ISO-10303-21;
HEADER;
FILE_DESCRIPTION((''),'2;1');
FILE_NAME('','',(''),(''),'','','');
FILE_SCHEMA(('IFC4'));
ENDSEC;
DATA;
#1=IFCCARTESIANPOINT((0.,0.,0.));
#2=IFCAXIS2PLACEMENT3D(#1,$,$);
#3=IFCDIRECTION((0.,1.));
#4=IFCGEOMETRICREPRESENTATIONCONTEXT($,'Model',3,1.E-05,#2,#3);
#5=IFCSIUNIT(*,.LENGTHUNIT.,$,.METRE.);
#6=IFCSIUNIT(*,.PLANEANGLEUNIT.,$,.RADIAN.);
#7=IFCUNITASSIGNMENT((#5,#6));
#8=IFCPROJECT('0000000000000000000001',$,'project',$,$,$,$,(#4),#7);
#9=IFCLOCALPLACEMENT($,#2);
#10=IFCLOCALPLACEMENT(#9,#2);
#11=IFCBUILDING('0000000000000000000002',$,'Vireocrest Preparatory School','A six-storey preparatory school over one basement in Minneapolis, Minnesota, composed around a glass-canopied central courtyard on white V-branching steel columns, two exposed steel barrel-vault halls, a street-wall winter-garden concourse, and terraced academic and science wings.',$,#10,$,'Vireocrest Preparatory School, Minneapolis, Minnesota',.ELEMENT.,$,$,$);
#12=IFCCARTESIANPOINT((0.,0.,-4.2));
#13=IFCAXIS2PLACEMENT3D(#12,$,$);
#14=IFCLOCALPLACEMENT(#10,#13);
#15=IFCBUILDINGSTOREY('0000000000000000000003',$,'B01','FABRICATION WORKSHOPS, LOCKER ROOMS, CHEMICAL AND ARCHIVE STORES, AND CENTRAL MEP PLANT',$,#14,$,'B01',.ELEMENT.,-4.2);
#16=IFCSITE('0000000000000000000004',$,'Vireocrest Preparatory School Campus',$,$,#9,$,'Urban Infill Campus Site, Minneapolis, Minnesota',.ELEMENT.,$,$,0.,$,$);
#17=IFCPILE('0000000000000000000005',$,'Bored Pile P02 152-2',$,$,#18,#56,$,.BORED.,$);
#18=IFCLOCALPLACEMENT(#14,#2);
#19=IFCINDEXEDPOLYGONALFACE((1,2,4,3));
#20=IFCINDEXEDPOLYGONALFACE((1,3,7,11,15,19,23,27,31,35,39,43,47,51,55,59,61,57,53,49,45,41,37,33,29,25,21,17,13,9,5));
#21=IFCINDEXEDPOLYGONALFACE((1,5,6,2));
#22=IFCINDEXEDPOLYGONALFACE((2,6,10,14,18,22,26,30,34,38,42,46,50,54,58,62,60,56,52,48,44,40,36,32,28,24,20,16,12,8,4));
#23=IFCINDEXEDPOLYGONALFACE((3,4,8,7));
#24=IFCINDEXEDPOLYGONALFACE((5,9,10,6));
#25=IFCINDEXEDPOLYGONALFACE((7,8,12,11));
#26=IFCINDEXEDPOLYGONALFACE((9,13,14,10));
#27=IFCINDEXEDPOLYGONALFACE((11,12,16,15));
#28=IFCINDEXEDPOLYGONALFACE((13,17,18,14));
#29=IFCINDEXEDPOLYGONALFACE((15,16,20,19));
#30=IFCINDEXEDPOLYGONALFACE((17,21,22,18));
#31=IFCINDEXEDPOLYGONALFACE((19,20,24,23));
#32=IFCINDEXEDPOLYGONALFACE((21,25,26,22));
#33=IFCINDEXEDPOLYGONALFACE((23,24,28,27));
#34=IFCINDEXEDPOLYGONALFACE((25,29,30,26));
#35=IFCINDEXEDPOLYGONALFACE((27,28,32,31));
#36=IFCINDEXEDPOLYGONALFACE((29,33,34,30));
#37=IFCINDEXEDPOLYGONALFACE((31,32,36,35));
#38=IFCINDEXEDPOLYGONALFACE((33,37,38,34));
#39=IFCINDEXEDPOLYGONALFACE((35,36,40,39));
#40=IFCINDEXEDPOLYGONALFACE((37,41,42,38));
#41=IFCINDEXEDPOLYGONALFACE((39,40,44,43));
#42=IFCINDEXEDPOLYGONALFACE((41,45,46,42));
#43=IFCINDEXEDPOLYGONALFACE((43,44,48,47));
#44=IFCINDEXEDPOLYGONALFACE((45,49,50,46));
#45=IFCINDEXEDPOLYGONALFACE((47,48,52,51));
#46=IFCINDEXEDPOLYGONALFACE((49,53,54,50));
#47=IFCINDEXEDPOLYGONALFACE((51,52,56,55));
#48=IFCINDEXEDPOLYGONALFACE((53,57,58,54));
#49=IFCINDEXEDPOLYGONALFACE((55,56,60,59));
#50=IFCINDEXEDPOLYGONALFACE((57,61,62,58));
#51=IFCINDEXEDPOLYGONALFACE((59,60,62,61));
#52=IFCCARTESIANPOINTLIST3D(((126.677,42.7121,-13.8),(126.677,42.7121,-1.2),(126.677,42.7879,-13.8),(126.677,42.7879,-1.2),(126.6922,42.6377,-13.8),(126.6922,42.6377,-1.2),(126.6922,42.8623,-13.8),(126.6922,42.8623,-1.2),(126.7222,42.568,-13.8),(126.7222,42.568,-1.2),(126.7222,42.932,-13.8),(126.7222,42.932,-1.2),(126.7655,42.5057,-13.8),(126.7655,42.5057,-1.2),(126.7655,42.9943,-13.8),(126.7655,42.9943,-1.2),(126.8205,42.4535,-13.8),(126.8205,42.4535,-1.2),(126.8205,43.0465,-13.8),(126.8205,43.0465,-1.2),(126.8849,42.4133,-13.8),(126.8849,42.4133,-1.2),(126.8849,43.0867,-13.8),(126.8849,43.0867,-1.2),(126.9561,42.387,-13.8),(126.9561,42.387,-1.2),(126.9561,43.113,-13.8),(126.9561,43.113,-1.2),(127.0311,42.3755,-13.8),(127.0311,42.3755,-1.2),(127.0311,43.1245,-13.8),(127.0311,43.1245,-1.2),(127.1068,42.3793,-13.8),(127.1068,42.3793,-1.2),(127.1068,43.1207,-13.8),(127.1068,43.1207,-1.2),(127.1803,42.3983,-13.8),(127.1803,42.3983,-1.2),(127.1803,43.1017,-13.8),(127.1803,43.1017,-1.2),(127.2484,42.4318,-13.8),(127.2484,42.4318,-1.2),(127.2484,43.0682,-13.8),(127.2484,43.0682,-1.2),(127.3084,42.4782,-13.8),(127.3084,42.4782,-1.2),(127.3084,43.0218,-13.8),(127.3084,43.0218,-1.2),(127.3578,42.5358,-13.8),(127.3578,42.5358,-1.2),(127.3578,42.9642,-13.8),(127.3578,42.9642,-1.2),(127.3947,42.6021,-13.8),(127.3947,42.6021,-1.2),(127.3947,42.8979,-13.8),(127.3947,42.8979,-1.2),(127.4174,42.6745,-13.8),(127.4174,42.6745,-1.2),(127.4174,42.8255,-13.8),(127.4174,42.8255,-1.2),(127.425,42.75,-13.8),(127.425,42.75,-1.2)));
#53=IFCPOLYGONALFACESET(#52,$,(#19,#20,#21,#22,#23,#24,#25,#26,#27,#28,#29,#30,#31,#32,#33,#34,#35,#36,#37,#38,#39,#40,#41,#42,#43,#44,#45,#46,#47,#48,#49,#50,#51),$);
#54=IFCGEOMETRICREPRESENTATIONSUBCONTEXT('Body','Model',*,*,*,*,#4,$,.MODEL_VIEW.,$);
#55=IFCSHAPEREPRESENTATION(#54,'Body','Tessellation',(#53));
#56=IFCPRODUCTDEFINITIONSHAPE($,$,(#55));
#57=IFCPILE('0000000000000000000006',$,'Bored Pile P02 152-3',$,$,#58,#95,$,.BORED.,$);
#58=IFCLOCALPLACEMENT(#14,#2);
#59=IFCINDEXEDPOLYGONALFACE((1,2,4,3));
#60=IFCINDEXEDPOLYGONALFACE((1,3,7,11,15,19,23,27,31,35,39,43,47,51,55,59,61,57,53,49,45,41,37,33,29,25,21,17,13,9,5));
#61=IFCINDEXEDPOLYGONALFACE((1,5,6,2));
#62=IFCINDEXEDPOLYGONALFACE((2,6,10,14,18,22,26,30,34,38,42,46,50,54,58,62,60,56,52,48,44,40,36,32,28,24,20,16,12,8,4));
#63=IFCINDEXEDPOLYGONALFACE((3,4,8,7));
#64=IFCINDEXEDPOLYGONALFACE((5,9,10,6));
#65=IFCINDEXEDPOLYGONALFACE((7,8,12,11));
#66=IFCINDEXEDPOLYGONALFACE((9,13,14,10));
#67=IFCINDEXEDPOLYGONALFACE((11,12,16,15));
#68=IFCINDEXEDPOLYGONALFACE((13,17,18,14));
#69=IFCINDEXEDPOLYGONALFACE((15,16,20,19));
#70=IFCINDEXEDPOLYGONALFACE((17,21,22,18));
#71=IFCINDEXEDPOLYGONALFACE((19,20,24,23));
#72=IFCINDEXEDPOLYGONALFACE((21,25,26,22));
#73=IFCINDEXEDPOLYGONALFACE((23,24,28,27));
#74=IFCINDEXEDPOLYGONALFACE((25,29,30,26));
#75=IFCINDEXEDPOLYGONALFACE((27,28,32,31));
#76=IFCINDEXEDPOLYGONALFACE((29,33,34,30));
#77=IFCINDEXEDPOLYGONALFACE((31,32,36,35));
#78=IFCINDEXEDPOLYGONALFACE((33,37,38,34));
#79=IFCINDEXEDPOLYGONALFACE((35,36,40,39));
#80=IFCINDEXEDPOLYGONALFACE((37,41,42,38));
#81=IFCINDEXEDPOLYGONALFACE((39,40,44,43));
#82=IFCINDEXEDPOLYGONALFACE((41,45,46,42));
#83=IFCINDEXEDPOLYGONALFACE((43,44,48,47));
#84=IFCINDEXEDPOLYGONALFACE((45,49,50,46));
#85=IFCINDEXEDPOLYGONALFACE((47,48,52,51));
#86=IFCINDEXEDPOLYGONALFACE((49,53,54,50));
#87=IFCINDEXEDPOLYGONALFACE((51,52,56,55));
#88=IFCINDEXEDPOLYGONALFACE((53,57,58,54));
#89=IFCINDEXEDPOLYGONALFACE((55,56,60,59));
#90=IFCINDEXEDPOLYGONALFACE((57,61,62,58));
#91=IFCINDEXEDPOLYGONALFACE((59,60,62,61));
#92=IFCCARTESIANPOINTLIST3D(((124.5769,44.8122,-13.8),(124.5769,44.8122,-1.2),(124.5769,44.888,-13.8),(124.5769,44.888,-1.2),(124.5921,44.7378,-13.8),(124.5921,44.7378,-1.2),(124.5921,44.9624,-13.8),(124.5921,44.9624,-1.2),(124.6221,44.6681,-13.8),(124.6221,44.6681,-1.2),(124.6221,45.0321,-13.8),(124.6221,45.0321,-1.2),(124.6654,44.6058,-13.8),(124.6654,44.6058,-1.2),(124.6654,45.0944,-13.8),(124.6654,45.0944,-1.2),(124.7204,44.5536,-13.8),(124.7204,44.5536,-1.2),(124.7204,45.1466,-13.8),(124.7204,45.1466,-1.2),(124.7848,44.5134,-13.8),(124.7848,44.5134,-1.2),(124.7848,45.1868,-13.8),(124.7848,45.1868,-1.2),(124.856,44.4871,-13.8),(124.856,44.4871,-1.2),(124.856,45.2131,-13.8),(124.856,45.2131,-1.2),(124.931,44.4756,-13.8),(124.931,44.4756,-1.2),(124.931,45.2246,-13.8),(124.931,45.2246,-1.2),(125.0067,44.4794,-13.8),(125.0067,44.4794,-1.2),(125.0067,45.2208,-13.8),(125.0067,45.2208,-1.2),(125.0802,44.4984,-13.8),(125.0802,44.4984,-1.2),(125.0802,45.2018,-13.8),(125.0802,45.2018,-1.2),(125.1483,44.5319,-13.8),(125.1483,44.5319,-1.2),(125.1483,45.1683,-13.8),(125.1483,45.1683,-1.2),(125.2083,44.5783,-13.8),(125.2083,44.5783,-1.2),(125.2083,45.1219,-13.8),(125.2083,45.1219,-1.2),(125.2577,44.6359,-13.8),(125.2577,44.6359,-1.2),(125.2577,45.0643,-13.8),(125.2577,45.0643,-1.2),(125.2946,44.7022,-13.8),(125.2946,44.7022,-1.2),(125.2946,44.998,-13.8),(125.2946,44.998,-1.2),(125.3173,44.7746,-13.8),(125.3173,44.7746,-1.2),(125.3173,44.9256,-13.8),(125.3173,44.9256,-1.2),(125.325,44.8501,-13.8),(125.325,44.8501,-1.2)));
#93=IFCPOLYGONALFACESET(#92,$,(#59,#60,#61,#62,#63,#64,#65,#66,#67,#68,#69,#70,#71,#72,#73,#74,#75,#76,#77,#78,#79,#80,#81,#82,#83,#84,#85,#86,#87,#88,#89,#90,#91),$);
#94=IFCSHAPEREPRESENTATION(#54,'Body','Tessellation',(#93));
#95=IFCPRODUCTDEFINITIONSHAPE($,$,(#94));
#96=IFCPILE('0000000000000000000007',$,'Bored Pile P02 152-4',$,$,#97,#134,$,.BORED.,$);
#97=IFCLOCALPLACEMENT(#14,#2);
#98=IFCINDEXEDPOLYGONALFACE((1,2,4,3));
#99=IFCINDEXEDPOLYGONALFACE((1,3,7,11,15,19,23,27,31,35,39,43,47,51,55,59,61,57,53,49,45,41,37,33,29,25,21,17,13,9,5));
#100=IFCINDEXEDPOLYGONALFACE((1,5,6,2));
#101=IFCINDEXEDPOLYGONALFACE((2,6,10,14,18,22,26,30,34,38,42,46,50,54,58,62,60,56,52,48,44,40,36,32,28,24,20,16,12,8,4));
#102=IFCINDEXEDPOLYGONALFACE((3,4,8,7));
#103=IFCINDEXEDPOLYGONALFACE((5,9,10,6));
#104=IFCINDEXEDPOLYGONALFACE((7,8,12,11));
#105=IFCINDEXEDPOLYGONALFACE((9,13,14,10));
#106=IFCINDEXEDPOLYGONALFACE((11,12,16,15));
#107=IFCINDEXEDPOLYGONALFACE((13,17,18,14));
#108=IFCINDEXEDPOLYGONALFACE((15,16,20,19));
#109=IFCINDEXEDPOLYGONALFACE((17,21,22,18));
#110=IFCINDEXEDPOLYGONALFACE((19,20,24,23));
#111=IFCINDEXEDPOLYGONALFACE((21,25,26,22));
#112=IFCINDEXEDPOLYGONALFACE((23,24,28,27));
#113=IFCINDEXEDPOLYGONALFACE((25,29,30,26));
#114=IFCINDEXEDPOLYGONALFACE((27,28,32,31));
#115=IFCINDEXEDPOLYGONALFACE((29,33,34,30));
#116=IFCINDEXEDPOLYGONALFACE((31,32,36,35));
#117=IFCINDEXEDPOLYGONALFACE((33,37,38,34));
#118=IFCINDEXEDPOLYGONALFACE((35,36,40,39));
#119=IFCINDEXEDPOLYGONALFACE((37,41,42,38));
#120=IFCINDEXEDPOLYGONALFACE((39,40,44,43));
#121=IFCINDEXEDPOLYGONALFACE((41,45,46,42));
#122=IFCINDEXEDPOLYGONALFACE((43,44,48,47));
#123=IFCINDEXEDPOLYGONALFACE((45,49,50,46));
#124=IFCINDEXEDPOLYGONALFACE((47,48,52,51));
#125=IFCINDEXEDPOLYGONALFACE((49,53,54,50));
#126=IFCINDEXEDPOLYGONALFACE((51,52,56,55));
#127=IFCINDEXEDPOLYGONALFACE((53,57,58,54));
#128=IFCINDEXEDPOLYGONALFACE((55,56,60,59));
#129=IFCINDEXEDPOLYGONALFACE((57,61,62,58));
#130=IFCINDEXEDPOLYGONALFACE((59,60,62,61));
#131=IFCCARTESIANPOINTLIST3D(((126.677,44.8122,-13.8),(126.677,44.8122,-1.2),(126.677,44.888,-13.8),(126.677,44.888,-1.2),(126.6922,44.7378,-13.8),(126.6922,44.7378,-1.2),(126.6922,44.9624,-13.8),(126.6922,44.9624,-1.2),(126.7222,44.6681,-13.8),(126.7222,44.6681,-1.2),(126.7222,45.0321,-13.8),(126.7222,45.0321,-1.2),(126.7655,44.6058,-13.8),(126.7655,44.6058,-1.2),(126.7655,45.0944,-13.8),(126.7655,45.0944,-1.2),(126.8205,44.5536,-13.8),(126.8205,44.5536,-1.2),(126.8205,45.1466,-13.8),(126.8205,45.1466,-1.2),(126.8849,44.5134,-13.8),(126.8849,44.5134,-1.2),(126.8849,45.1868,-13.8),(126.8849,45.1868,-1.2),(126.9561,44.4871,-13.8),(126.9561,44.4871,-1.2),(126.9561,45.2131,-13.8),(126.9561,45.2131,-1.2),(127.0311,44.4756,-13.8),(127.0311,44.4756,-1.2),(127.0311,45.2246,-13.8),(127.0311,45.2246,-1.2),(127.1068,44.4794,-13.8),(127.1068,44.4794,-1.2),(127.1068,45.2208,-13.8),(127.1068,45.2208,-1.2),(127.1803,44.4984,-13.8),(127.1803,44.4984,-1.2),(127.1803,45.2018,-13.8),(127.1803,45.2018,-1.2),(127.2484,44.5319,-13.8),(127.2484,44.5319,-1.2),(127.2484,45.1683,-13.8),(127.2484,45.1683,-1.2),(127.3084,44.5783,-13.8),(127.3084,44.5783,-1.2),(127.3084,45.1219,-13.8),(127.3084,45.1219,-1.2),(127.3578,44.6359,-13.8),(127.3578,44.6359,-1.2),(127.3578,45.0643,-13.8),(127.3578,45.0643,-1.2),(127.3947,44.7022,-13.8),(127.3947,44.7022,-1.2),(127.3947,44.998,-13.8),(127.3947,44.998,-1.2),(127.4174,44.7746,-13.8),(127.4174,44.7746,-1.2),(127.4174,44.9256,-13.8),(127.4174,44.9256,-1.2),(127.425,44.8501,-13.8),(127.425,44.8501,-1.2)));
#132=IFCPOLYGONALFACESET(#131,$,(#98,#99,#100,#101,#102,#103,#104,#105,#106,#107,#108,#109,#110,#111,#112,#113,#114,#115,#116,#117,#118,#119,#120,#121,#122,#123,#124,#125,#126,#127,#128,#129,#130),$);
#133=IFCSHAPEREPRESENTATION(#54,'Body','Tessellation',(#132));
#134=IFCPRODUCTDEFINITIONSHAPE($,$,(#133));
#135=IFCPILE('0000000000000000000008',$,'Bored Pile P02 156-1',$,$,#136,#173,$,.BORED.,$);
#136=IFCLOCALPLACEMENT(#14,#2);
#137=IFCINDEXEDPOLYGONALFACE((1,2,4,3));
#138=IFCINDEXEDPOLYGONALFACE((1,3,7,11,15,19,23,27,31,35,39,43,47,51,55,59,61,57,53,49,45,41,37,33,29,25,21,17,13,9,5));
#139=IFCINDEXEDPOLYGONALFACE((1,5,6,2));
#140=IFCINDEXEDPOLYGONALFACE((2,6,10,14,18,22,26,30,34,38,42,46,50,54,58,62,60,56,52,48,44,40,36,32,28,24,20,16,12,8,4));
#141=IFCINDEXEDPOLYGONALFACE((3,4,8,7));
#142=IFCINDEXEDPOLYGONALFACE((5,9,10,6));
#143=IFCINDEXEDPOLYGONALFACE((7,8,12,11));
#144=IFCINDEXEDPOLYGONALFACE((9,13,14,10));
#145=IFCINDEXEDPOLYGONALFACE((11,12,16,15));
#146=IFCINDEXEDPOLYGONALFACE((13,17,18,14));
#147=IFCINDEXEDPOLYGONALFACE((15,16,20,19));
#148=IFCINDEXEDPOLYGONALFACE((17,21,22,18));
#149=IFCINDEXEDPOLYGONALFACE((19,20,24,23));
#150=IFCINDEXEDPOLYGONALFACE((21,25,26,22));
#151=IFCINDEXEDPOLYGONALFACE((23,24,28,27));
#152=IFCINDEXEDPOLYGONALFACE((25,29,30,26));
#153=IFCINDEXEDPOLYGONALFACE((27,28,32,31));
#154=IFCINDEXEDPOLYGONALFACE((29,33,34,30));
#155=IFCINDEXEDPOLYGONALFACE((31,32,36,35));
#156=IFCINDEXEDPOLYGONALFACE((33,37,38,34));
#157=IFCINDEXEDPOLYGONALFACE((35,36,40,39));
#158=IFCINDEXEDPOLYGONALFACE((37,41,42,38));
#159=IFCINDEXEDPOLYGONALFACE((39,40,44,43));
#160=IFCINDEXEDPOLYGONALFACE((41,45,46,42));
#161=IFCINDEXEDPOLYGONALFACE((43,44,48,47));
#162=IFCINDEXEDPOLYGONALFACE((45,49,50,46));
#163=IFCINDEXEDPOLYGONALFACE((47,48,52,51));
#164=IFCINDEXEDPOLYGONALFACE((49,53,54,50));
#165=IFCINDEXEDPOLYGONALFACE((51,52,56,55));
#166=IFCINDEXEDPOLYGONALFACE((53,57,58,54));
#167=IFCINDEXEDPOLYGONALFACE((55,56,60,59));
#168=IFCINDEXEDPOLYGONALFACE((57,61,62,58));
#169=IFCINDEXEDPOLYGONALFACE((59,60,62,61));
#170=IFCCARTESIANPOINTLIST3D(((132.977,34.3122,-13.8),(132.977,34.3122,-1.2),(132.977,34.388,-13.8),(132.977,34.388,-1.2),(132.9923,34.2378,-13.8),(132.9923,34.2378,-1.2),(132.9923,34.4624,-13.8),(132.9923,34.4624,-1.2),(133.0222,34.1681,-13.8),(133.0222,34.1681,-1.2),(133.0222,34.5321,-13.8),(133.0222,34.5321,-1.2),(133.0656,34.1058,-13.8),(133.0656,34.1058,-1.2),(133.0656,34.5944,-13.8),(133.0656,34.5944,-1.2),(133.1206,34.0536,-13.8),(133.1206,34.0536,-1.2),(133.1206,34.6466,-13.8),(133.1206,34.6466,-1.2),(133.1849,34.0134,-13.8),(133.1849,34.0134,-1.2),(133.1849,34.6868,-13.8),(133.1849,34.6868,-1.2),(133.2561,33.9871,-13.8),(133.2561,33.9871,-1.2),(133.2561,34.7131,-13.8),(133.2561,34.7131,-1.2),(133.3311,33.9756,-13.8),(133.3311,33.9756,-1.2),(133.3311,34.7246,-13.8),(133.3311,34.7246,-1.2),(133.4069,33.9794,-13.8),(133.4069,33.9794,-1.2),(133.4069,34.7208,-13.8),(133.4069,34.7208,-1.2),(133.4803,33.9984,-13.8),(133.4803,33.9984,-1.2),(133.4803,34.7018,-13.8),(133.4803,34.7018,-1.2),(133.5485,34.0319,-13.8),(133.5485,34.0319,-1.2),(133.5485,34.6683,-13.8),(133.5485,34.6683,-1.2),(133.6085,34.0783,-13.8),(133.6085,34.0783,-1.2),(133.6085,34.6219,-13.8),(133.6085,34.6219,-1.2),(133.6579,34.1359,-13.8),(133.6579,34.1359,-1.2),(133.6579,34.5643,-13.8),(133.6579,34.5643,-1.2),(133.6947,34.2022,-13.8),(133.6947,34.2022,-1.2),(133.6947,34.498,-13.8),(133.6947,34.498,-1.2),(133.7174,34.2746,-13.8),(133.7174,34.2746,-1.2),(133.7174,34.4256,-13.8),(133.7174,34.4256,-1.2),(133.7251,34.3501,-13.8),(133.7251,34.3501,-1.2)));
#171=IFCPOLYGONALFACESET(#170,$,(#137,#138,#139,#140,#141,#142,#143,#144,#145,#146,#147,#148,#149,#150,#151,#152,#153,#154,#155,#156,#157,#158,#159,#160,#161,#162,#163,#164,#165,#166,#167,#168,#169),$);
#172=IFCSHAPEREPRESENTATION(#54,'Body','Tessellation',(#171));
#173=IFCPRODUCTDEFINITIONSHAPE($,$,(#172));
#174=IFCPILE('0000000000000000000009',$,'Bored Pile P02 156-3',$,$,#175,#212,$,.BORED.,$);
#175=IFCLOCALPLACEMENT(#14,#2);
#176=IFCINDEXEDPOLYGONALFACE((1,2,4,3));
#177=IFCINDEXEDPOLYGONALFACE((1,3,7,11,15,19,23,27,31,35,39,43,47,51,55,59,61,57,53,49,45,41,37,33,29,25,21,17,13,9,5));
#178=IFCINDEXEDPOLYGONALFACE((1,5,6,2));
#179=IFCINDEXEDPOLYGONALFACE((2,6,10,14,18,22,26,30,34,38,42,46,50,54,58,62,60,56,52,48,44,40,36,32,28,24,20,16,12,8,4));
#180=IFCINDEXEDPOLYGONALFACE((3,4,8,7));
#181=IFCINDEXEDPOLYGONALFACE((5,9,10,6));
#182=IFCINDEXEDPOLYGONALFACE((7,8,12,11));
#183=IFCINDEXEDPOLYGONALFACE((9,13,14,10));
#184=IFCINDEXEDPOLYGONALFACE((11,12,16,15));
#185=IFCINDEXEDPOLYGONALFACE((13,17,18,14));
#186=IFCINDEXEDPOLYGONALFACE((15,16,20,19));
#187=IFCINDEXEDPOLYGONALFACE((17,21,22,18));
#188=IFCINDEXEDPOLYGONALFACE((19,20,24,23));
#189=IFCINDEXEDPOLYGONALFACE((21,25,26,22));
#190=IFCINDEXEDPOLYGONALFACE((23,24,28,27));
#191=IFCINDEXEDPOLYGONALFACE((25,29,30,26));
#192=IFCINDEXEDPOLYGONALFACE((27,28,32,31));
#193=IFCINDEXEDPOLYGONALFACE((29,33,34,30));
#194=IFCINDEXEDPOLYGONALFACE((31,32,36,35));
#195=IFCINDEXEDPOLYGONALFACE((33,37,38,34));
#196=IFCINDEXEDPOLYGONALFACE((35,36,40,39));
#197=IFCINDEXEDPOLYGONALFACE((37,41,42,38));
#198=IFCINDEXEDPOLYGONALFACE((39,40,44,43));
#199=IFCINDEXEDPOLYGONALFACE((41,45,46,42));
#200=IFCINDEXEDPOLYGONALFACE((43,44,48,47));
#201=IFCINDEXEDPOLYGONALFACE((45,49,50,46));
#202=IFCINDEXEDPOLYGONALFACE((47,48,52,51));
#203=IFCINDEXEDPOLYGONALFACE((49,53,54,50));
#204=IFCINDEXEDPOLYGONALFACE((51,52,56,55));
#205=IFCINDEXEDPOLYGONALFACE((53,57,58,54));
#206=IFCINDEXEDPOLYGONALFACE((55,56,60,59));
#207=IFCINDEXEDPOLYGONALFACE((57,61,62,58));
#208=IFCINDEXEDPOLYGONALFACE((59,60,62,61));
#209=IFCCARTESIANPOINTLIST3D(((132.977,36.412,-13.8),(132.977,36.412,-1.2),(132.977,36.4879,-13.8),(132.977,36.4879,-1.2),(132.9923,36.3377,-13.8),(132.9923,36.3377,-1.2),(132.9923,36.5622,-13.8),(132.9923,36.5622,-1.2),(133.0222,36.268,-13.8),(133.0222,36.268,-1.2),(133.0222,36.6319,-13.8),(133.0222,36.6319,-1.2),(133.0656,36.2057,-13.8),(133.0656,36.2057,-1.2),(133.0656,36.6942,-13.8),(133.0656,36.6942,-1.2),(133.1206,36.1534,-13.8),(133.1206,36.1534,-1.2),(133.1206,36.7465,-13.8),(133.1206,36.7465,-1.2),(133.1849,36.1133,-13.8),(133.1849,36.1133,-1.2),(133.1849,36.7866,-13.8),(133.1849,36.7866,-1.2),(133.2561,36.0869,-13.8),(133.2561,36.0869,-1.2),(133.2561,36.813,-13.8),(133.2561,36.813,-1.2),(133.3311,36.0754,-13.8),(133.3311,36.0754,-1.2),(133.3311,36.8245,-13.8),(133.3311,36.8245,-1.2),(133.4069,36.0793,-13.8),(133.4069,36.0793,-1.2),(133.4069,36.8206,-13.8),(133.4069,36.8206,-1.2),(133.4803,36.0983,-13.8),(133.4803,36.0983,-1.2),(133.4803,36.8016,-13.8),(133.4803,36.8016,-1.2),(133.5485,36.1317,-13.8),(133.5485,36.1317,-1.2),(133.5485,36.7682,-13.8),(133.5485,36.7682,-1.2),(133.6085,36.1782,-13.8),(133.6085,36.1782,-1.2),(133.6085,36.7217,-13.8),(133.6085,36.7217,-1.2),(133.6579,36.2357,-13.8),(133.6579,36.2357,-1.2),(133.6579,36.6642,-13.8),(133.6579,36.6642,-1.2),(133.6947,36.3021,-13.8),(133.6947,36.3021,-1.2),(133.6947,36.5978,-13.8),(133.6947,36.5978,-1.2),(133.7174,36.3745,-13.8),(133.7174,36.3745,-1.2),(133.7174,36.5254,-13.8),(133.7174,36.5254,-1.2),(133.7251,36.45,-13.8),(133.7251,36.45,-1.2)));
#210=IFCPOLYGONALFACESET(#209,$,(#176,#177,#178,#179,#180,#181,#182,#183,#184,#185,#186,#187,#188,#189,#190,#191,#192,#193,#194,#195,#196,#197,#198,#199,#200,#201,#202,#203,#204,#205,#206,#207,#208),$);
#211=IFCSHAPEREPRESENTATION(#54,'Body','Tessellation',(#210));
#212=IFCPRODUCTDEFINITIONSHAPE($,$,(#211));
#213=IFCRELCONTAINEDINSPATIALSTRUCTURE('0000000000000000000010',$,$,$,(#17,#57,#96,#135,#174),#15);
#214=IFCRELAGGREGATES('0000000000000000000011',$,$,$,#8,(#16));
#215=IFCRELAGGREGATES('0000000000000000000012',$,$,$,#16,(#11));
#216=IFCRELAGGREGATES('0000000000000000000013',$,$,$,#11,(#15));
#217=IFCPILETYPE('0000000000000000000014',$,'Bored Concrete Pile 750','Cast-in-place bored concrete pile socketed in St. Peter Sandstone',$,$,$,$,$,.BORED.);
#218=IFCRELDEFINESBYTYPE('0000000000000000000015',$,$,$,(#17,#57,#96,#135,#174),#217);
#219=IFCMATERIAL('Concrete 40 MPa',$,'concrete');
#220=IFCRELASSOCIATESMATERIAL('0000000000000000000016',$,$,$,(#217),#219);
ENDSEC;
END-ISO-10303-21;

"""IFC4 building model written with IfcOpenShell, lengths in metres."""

from ifc_helpers import new_model, si_unit, direction, frame, origin, origin_2d, place, context, subcontext, project, spatial, circle, extrude, material, material_profile, profile_set, type_object, element, save


model = new_model("IFC4")

# Units and contexts
model_context = context("Model", 3, precision=1e-05, world=origin(), true_north=direction((0.0, 1.0)))
body_context = subcontext(model_context, "Body", "Model", "MODEL_VIEW")
ifc_project = project(units=[si_unit("LENGTHUNIT", "METRE"), si_unit("PLANEANGLEUNIT", "RADIAN")], contexts=[model_context])

# Site, building, storey
site_placement = place(None, origin())
site = spatial("IfcSite", under=ifc_project, at=site_placement, Name="Vireocrest Preparatory School Campus", LongName="Urban Infill Campus Site, Minneapolis, Minnesota", CompositionType="ELEMENT", RefElevation=0.0)
building_placement = place(site_placement, origin())
building = spatial("IfcBuilding", under=site, at=building_placement, Name="Vireocrest Preparatory School", Description="A six-storey preparatory school over one basement in Minneapolis, Minnesota, composed around a glass-canopied central courtyard on white V-branching steel columns, two exposed steel barrel-vault halls, a street-wall winter-garden concourse, and terraced academic and science wings.", LongName="Vireocrest Preparatory School, Minneapolis, Minnesota", CompositionType="ELEMENT")
storey_placement = place(building_placement, frame((0.0, 0.0, -4.2)))
storey = spatial("IfcBuildingStorey", under=building, at=storey_placement, Name="B01", Description="FABRICATION WORKSHOPS, LOCKER ROOMS, CHEMICAL AND ARCHIVE STORES, AND CENTRAL MEP PLANT", LongName="B01", CompositionType="ELEMENT", Elevation=-4.2)

# Piles
ifc_material_1 = material(Name="Concrete 40 MPa", Category="concrete")
ifc_material_profile_1 = material_profile(ifc_material_1, circle(Radius=0.375, at=origin_2d()), Name="BORED PILE 750")
ifc_profile_set_1 = profile_set([ifc_material_profile_1], Name="Concrete 40 MPa")
pile_type_1 = type_object("IfcPileType", Name="Bored Concrete Pile 750", Description="Cast-in-place bored concrete pile socketed in St. Peter Sandstone", PredefinedType="BORED", material=ifc_profile_set_1)
for number, where, z_axis, x_axis, name in (
    (1, (127.05, 42.75, -1.2), (0.0, 0.0, -1.0), (1.0, 0.0, 0.0), "Bored Pile P02 152-2"),
    (2, (124.95, 44.8501, -1.2), (0.0, 0.0, -1.0), (1.0, 0.0, 0.0), "Bored Pile P02 152-3"),
    (3, (127.05, 44.8501, -1.2), (0.0, 0.0, -1.0), (1.0, 0.0, 0.0), "Bored Pile P02 152-4"),
    (4, (133.3501, 34.3501, -1.2), (0.0, 0.0, -1.0), (1.0, 0.0, 0.0), "Bored Pile P02 156-1"),
    (5, (133.3501, 36.45, -1.2), (0.0, 0.0, -1.0), (1.0, 0.0, 0.0), "Bored Pile P02 156-3"),
):
    element("IfcPile", number, at=place(storey_placement, frame(where, z_axis=z_axis, x_axis=x_axis)), inside=storey, type_object=pile_type_1, Name=name, PredefinedType="BORED", context=body_context, shape_type="SweptSolid", body=[
        extrude(circle(Radius=0.375, at=origin_2d()), origin(), (0.0, 0.0, 1.0), 12.6001),
    ])

save(model, "model.ifc")
